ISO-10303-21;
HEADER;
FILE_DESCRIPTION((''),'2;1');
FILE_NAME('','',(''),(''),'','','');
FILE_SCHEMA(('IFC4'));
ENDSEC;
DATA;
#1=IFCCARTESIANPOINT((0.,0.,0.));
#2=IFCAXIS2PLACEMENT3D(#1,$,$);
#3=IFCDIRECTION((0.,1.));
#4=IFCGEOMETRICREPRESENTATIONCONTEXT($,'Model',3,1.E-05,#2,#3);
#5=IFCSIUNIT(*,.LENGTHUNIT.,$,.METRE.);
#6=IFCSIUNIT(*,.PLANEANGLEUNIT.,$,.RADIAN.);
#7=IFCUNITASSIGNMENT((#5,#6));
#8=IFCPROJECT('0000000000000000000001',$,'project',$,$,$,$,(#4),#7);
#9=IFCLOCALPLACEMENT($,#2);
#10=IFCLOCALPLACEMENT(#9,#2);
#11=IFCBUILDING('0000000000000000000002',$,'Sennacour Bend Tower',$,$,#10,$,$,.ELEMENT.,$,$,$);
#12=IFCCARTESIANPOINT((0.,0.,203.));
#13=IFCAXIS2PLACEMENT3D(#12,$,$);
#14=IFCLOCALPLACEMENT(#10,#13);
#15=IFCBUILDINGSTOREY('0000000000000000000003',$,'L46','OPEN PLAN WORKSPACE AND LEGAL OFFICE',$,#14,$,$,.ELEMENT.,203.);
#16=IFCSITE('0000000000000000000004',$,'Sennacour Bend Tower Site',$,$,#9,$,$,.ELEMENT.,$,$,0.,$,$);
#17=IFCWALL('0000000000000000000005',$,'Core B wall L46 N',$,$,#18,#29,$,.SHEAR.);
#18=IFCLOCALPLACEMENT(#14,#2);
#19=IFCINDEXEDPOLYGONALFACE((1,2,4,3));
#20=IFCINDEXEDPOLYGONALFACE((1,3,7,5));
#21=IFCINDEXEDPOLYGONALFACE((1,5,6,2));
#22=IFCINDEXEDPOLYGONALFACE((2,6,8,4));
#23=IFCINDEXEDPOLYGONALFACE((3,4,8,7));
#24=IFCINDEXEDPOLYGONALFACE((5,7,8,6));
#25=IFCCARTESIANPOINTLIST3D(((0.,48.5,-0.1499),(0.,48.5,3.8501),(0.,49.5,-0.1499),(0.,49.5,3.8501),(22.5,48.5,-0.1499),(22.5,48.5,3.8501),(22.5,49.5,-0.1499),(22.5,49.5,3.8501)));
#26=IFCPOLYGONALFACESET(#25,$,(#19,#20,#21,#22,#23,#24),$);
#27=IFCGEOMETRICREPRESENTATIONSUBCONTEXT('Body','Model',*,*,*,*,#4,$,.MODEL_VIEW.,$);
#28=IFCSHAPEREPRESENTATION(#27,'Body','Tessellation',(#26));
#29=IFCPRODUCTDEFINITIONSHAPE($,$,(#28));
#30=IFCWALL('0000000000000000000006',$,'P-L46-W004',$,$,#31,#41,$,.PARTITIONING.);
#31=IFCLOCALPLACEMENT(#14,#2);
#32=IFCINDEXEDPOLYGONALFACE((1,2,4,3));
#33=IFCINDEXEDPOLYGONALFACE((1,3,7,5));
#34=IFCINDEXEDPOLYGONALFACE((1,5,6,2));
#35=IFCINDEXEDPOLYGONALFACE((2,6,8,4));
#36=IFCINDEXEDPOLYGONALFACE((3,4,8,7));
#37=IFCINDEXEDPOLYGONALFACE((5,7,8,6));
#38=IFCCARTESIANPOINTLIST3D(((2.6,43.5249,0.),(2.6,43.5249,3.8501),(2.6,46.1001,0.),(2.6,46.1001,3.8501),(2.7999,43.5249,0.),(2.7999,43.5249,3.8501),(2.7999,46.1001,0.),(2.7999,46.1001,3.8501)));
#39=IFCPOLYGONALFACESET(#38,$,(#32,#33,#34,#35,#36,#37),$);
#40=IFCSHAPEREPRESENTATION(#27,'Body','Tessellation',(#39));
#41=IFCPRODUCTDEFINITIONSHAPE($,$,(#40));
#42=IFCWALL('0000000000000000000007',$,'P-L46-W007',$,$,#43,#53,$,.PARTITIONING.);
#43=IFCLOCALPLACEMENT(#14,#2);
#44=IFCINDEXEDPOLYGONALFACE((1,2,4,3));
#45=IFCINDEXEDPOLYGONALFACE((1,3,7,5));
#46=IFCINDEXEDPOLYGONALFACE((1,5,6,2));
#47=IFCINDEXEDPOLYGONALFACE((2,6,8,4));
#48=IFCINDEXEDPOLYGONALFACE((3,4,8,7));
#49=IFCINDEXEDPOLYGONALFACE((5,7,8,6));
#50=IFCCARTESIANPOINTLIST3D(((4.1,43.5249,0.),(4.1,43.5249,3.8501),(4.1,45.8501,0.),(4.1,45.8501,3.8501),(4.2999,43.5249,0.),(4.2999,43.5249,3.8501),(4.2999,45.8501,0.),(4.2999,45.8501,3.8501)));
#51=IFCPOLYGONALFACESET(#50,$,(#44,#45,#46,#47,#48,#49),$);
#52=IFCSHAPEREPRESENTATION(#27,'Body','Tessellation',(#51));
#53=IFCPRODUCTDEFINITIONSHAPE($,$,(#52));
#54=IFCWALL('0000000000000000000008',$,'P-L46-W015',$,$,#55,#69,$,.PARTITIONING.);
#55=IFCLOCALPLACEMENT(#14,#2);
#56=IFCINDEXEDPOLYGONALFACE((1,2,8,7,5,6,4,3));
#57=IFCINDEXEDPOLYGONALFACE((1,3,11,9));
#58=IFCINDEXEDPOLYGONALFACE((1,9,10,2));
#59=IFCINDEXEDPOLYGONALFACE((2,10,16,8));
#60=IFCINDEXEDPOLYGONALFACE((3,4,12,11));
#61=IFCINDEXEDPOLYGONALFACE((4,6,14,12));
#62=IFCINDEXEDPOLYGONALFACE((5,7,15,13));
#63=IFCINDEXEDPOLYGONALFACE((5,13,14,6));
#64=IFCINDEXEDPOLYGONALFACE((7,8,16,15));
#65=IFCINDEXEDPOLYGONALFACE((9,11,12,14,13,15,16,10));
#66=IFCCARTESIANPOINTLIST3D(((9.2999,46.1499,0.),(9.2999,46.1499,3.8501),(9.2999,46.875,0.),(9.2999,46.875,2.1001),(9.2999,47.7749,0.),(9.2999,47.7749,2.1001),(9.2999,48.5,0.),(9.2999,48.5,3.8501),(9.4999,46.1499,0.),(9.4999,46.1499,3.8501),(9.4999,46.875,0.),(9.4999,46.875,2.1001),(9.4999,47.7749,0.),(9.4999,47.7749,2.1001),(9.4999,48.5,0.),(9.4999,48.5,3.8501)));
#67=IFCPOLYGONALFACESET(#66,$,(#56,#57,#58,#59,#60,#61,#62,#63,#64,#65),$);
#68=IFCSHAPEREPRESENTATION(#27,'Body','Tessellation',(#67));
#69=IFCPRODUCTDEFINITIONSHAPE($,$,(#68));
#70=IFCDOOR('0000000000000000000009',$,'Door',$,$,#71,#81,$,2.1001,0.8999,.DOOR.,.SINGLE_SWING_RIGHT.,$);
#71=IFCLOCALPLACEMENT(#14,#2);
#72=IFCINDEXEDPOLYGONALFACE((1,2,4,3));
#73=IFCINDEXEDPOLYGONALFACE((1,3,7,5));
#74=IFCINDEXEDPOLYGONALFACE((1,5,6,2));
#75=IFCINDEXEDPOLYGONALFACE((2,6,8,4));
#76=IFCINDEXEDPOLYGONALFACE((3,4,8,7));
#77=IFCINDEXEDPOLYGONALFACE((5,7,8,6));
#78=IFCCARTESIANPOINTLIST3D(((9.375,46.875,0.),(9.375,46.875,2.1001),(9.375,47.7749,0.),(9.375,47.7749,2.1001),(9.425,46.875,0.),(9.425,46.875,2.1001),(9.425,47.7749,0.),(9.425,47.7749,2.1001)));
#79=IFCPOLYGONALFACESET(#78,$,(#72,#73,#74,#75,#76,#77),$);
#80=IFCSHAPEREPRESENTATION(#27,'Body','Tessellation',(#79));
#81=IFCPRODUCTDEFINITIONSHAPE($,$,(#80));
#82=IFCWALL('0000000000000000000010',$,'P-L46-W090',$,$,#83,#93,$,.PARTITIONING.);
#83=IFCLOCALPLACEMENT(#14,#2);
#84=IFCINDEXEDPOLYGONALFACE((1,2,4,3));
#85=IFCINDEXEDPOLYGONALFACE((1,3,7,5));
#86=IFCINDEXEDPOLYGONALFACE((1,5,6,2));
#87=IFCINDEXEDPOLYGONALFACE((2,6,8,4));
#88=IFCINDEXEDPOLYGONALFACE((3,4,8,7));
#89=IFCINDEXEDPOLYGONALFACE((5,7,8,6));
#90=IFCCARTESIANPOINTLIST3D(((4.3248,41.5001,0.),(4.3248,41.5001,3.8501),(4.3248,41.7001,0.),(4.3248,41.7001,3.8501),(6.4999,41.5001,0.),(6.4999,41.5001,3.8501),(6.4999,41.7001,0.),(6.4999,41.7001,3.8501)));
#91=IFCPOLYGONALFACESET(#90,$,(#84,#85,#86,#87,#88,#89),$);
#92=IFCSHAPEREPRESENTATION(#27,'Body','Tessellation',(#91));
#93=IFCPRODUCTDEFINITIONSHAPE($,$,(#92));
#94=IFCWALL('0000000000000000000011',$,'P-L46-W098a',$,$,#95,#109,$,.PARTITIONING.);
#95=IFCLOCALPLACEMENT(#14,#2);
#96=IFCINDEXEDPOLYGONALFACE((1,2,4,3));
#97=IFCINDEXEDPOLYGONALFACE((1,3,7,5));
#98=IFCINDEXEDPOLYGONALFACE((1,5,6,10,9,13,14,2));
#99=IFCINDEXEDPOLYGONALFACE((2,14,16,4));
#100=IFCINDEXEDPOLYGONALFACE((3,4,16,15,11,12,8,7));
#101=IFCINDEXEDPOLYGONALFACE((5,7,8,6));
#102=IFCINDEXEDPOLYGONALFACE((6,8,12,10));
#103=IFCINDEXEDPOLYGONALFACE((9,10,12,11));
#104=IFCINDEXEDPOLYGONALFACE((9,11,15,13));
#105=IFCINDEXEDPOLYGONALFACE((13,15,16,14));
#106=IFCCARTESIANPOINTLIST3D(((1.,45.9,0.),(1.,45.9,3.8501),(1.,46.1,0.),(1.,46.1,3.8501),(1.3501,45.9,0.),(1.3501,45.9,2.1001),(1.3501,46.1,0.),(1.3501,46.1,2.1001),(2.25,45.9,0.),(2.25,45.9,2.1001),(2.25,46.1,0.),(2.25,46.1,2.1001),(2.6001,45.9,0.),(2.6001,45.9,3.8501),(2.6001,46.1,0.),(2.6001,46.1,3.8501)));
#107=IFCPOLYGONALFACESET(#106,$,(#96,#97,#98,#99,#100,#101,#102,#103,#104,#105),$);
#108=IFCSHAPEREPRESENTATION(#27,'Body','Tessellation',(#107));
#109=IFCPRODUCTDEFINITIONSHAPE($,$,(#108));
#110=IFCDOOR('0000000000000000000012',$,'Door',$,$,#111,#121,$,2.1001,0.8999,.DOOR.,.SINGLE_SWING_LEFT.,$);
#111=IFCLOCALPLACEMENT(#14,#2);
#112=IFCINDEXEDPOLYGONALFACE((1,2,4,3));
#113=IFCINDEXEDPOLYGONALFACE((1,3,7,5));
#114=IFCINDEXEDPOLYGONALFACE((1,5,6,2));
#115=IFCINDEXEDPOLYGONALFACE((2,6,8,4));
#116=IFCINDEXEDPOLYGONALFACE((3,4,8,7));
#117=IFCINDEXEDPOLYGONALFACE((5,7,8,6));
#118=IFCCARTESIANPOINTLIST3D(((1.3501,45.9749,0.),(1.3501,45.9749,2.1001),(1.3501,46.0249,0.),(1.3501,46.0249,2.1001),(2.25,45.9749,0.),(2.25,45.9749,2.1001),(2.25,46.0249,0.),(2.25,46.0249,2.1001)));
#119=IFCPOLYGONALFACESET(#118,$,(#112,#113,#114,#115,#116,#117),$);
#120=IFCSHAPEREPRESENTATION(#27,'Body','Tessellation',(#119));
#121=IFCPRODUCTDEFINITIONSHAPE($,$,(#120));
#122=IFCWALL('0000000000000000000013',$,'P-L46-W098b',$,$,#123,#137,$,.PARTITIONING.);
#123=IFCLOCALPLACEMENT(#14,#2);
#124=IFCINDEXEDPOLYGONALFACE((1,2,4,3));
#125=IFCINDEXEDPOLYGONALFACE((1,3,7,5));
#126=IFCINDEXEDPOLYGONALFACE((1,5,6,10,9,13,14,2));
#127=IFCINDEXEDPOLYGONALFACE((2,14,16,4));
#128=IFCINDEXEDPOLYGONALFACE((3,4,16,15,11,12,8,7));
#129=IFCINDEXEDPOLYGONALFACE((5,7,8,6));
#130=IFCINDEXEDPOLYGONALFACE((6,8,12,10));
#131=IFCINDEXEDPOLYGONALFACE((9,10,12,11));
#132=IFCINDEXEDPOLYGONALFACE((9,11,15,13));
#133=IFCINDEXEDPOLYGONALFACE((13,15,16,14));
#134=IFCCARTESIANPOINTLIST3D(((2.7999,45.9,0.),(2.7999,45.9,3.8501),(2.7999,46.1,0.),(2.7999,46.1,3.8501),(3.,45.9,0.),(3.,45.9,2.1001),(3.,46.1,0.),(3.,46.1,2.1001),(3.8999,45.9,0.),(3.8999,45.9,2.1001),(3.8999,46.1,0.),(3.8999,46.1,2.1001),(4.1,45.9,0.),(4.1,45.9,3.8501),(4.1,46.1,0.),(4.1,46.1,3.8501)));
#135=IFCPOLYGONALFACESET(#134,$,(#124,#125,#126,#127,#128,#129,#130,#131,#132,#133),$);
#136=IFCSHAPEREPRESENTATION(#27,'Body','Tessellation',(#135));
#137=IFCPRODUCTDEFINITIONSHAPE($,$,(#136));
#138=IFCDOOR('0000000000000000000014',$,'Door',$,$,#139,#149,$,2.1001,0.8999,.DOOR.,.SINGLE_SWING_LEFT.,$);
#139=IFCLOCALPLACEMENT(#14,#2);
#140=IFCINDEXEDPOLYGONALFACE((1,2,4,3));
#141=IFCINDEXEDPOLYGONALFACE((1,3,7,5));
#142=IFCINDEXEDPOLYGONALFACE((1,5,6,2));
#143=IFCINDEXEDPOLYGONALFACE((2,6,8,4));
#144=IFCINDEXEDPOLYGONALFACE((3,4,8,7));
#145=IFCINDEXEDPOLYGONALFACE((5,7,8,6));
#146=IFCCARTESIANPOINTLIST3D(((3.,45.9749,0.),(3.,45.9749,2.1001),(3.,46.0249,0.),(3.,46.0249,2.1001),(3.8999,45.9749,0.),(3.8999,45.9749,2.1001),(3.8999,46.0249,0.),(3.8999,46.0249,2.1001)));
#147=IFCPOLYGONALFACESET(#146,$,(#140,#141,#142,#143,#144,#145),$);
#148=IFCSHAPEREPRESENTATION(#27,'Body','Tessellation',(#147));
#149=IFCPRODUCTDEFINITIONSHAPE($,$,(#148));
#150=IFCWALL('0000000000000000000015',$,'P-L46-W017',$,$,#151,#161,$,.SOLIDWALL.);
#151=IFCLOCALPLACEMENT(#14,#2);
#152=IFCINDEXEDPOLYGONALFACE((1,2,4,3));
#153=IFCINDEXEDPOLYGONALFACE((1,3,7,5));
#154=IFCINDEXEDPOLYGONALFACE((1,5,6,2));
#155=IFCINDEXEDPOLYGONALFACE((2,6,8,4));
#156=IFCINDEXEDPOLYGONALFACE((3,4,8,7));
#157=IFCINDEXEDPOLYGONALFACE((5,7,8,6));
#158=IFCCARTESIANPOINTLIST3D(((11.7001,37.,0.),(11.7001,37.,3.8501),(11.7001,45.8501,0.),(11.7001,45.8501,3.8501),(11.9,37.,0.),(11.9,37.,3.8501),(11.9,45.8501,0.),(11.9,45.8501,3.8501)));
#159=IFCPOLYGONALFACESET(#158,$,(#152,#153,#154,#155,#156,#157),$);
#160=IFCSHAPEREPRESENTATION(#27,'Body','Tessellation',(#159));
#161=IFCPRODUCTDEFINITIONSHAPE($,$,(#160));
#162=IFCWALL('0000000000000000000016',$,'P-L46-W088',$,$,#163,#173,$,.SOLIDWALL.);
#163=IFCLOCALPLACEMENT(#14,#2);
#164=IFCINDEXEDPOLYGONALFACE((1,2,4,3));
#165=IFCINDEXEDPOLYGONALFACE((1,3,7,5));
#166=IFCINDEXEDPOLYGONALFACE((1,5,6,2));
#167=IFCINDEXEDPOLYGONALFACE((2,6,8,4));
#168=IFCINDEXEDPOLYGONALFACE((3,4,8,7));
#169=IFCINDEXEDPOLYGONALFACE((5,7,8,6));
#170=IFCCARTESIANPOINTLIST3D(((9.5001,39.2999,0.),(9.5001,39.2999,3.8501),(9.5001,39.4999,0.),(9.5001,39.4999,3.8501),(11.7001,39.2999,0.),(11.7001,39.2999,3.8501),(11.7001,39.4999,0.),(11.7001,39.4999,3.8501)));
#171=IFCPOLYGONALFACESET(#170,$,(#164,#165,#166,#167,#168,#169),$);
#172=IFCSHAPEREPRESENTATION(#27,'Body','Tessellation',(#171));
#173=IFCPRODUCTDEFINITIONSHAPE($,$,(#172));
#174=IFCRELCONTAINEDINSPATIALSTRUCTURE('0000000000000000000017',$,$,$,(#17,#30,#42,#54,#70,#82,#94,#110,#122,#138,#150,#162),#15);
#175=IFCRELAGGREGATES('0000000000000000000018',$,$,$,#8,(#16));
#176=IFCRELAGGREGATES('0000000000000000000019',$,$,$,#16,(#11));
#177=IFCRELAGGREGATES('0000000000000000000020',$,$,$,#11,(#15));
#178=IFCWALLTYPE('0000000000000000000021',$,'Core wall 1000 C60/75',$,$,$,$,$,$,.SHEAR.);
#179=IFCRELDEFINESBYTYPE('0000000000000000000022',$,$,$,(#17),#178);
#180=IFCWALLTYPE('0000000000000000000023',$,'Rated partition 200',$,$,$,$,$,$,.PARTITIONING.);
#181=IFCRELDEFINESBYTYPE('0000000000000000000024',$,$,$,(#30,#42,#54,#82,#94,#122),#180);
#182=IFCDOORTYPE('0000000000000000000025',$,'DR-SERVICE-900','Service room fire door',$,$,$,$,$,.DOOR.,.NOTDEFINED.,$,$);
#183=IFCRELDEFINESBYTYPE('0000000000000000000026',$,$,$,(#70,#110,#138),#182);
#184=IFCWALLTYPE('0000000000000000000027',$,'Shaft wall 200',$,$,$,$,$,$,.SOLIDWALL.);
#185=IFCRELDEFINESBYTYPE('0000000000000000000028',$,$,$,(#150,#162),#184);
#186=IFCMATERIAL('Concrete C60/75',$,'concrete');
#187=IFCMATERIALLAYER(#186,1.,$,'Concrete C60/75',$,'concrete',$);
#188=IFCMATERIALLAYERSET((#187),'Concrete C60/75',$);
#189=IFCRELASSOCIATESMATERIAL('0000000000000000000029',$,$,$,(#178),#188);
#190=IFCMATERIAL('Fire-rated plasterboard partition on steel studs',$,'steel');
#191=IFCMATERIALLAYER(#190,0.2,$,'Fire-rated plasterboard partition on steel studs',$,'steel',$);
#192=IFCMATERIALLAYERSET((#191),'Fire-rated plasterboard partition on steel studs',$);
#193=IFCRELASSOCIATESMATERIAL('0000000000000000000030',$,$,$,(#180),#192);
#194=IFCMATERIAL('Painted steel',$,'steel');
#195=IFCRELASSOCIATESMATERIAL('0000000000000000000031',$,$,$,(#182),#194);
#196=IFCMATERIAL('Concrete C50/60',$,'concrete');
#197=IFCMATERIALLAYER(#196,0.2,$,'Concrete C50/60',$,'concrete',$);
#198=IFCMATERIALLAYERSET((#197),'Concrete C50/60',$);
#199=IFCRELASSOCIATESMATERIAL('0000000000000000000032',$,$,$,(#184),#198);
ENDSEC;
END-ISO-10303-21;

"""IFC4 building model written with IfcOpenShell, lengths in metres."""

from ifc_helpers import new_model, si_unit, direction, frame, frame_2d, origin, place, context, subcontext, project, spatial, rectangle, extrude, material, layer, layer_set, type_object, element, fill, save


model = new_model("IFC4")

# Units and contexts
model_context = context("Model", 3, precision=1e-05, world=origin(), true_north=direction((0.0, 1.0)))
body_context = subcontext(model_context, "Body", "Model", "MODEL_VIEW")
ifc_project = project(units=[si_unit("LENGTHUNIT", "METRE"), si_unit("PLANEANGLEUNIT", "RADIAN")], contexts=[model_context])

# Site, building, storey
site_placement = place(None, origin())
site = spatial("IfcSite", under=ifc_project, at=site_placement, Name="Sennacour Bend Tower Site", CompositionType="ELEMENT", RefElevation=0.0)
building_placement = place(site_placement, origin())
building = spatial("IfcBuilding", under=site, at=building_placement, Name="Sennacour Bend Tower", CompositionType="ELEMENT")
storey_placement = place(building_placement, frame((0.0, 0.0, 203.0)))
storey = spatial("IfcBuildingStorey", under=building, at=storey_placement, Name="L46", Description="OPEN PLAN WORKSPACE AND LEGAL OFFICE", CompositionType="ELEMENT", Elevation=203.0)

# Walls
ifc_material_1 = material(Name="Concrete C60/75", Category="concrete")
ifc_layer_1 = layer(ifc_material_1, 1.0, Name="Concrete C60/75", Category="concrete")
ifc_layer_set_1 = layer_set([ifc_layer_1], Name="Concrete C60/75")
wall_type_1 = type_object("IfcWallType", Name="Core wall 1000 C60/75", PredefinedType="SHEAR", material=ifc_layer_set_1)
wall_1_placement = place(storey_placement, frame((0.0, 49.0, -0.1499), z_axis=(0.0, 0.0, 1.0), x_axis=(1.0, 0.0, 0.0)))
element("IfcWall", 1, at=wall_1_placement, inside=storey, type_object=wall_type_1, Name="Core B wall L46 N", PredefinedType="SHEAR", context=body_context, shape_type="SweptSolid", body=[
    extrude(rectangle(XDim=22.5, YDim=1.0, at=frame_2d((11.25, 0.0))), origin(), (0.0, 0.0, 1.0), 4.0),
])
ifc_material_2 = material(Name="Fire-rated plasterboard partition on steel studs", Category="steel")
ifc_layer_2 = layer(ifc_material_2, 0.2, Name="Fire-rated plasterboard partition on steel studs", Category="steel")
ifc_layer_set_2 = layer_set([ifc_layer_2], Name="Fire-rated plasterboard partition on steel studs")
wall_type_2 = type_object("IfcWallType", Name="Rated partition 200", PredefinedType="PARTITIONING", material=ifc_layer_set_2)
wall_2_placement = place(storey_placement, frame((2.7, 43.5249, 0.0), z_axis=(0.0, 0.0, 1.0), x_axis=(0.0, 1.0, 0.0)))
element("IfcWall", 2, at=wall_2_placement, inside=storey, type_object=wall_type_2, Name="P-L46-W004", PredefinedType="PARTITIONING", context=body_context, shape_type="SweptSolid", body=[
    extrude(rectangle(XDim=2.5752, YDim=0.2, at=frame_2d((1.2876, 0.0))), origin(), (0.0, 0.0, 1.0), 3.8501),
])
wall_3_placement = place(storey_placement, frame((4.2, 43.5249, 0.0), z_axis=(0.0, 0.0, 1.0), x_axis=(0.0, 1.0, 0.0)))
element("IfcWall", 3, at=wall_3_placement, inside=storey, type_object=wall_type_2, Name="P-L46-W007", PredefinedType="PARTITIONING", context=body_context, shape_type="SweptSolid", body=[
    extrude(rectangle(XDim=2.3252, YDim=0.2, at=frame_2d((1.1626, 0.0))), origin(), (0.0, 0.0, 1.0), 3.8501),
])

# Wall, opening, door
wall_4_placement = place(storey_placement, frame((9.3999, 46.1499, 0.0), z_axis=(0.0, 0.0, 1.0), x_axis=(0.0, 1.0, 0.0)))
wall_4 = element("IfcWall", 4, at=wall_4_placement, inside=storey, type_object=wall_type_2, Name="P-L46-W015", PredefinedType="PARTITIONING", context=body_context, shape_type="SweptSolid", body=[
    extrude(rectangle(XDim=2.3501, YDim=0.2, at=frame_2d((1.175, 0.0))), origin(), (0.0, 0.0, 1.0), 3.8501),
])
opening_1_placement = place(wall_4_placement, frame((0.7251, 0.0, 0.0)))
opening_1 = element("IfcOpeningElement", 5, at=opening_1_placement, cuts=wall_4, PredefinedType="OPENING", context=body_context, shape_type="SweptSolid", body=[
    extrude(rectangle(XDim=0.8999, YDim=2.1001, at=frame_2d((0.45, 1.05))), frame((0.0, 0.1099, 0.0), z_axis=(0.0, -1.0, 0.0), x_axis=(1.0, 0.0, 0.0)), (0.0, 0.0, 1.0), 0.22),
])
ifc_material_3 = material(Name="Painted steel", Category="steel")
door_type_1 = type_object("IfcDoorType", Name="DR-SERVICE-900", Description="Service room fire door", OperationType="NOTDEFINED", PredefinedType="DOOR", material=ifc_material_3)
door_1_placement = place(opening_1_placement, origin())
door_1 = element("IfcDoor", 6, at=door_1_placement, inside=storey, type_object=door_type_1, Name="Door", OperationType="SINGLE_SWING_RIGHT", OverallHeight=2.1001, OverallWidth=0.8999, PredefinedType="DOOR", context=body_context, shape_type="SweptSolid", body=[
    extrude(rectangle(XDim=0.8999, YDim=2.1001, at=frame_2d((0.45, 1.05))), frame((0.0, 0.0249, 0.0), z_axis=(0.0, -1.0, 0.0), x_axis=(1.0, 0.0, 0.0)), (0.0, 0.0, 1.0), 0.05),
])
fill(opening_1, door_1)

# Wall
wall_5_placement = place(storey_placement, frame((4.325, 41.6001, 0.0), z_axis=(0.0, 0.0, 1.0), x_axis=(1.0, 0.0, 0.0)))
element("IfcWall", 7, at=wall_5_placement, inside=storey, type_object=wall_type_2, Name="P-L46-W090", PredefinedType="PARTITIONING", context=body_context, shape_type="SweptSolid", body=[
    extrude(rectangle(XDim=2.175, YDim=0.2, at=frame_2d((1.0874, 0.0))), origin(), (0.0, 0.0, 1.0), 3.8501),
])

# Walls, openings, doors
wall_6_placement = place(storey_placement, frame((1.0, 46.0, 0.0), z_axis=(0.0, 0.0, 1.0), x_axis=(1.0, 0.0, 0.0)))
wall_6 = element("IfcWall", 8, at=wall_6_placement, inside=storey, type_object=wall_type_2, Name="P-L46-W098a", PredefinedType="PARTITIONING", context=body_context, shape_type="SweptSolid", body=[
    extrude(rectangle(XDim=1.6001, YDim=0.2, at=frame_2d((0.8, 0.0))), origin(), (0.0, 0.0, 1.0), 3.8501),
])
opening_2_placement = place(wall_6_placement, frame((0.3501, 0.0, 0.0)))
opening_2 = element("IfcOpeningElement", 9, at=opening_2_placement, cuts=wall_6, PredefinedType="OPENING", context=body_context, shape_type="SweptSolid", body=[
    extrude(rectangle(XDim=0.8999, YDim=2.1001, at=frame_2d((0.45, 1.05))), frame((0.0, 0.1099, 0.0), z_axis=(0.0, -1.0, 0.0), x_axis=(1.0, 0.0, 0.0)), (0.0, 0.0, 1.0), 0.22),
])
door_2_placement = place(opening_2_placement, origin())
door_2 = element("IfcDoor", 10, at=door_2_placement, inside=storey, type_object=door_type_1, Name="Door", OperationType="SINGLE_SWING_LEFT", OverallHeight=2.1001, OverallWidth=0.8999, PredefinedType="DOOR", context=body_context, shape_type="SweptSolid", body=[
    extrude(rectangle(XDim=0.8999, YDim=2.1001, at=frame_2d((0.45, 1.05))), frame((0.0, 0.0249, 0.0), z_axis=(0.0, -1.0, 0.0), x_axis=(1.0, 0.0, 0.0)), (0.0, 0.0, 1.0), 0.05),
])
fill(opening_2, door_2)
wall_7_placement = place(storey_placement, frame((2.8, 46.0, 0.0), z_axis=(0.0, 0.0, 1.0), x_axis=(1.0, 0.0, 0.0)))
wall_7 = element("IfcWall", 11, at=wall_7_placement, inside=storey, type_object=wall_type_2, Name="P-L46-W098b", PredefinedType="PARTITIONING", context=body_context, shape_type="SweptSolid", body=[
    extrude(rectangle(XDim=1.3, YDim=0.2, at=frame_2d((0.6499, 0.0))), origin(), (0.0, 0.0, 1.0), 3.8501),
])
opening_3_placement = place(wall_7_placement, frame((0.2, 0.0, 0.0)))
opening_3 = element("IfcOpeningElement", 12, at=opening_3_placement, cuts=wall_7, PredefinedType="OPENING", context=body_context, shape_type="SweptSolid", body=[
    extrude(rectangle(XDim=0.8999, YDim=2.1001, at=frame_2d((0.45, 1.05))), frame((0.0, 0.1099, 0.0), z_axis=(0.0, -1.0, 0.0), x_axis=(1.0, 0.0, 0.0)), (0.0, 0.0, 1.0), 0.22),
])
door_3_placement = place(opening_3_placement, origin())
door_3 = element("IfcDoor", 13, at=door_3_placement, inside=storey, type_object=door_type_1, Name="Door", OperationType="SINGLE_SWING_LEFT", OverallHeight=2.1001, OverallWidth=0.8999, PredefinedType="DOOR", context=body_context, shape_type="SweptSolid", body=[
    extrude(rectangle(XDim=0.8999, YDim=2.1001, at=frame_2d((0.45, 1.05))), frame((0.0, 0.0249, 0.0), z_axis=(0.0, -1.0, 0.0), x_axis=(1.0, 0.0, 0.0)), (0.0, 0.0, 1.0), 0.05),
])
fill(opening_3, door_3)

# Walls
ifc_material_4 = material(Name="Concrete C50/60", Category="concrete")
ifc_layer_3 = layer(ifc_material_4, 0.2, Name="Concrete C50/60", Category="concrete")
ifc_layer_set_3 = layer_set([ifc_layer_3], Name="Concrete C50/60")
wall_type_3 = type_object("IfcWallType", Name="Shaft wall 200", PredefinedType="SOLIDWALL", material=ifc_layer_set_3)
wall_8_placement = place(storey_placement, frame((11.8, 37.0, 0.0), z_axis=(0.0, 0.0, 1.0), x_axis=(0.0, 1.0, 0.0)))
element("IfcWall", 14, at=wall_8_placement, inside=storey, type_object=wall_type_3, Name="P-L46-W017", PredefinedType="SOLIDWALL", context=body_context, shape_type="SweptSolid", body=[
    extrude(rectangle(XDim=8.8501, YDim=0.2, at=frame_2d((4.425, 0.0))), origin(), (0.0, 0.0, 1.0), 3.8501),
])
for number, where, z_axis, x_axis, name in (
    (15, (9.5, 39.3999, 0.0), (0.0, 0.0, 1.0), (1.0, 0.0, 0.0), "P-L46-W088"),
):
    element("IfcWall", number, at=place(storey_placement, frame(where, z_axis=z_axis, x_axis=x_axis)), inside=storey, type_object=wall_type_3, Name=name, PredefinedType="SOLIDWALL", context=body_context, shape_type="SweptSolid", body=[
        extrude(rectangle(XDim=2.2, YDim=0.2, at=frame_2d((1.1001, 0.0))), origin(), (0.0, 0.0, 1.0), 3.8501),
    ])

save(model, "model.ifc")
